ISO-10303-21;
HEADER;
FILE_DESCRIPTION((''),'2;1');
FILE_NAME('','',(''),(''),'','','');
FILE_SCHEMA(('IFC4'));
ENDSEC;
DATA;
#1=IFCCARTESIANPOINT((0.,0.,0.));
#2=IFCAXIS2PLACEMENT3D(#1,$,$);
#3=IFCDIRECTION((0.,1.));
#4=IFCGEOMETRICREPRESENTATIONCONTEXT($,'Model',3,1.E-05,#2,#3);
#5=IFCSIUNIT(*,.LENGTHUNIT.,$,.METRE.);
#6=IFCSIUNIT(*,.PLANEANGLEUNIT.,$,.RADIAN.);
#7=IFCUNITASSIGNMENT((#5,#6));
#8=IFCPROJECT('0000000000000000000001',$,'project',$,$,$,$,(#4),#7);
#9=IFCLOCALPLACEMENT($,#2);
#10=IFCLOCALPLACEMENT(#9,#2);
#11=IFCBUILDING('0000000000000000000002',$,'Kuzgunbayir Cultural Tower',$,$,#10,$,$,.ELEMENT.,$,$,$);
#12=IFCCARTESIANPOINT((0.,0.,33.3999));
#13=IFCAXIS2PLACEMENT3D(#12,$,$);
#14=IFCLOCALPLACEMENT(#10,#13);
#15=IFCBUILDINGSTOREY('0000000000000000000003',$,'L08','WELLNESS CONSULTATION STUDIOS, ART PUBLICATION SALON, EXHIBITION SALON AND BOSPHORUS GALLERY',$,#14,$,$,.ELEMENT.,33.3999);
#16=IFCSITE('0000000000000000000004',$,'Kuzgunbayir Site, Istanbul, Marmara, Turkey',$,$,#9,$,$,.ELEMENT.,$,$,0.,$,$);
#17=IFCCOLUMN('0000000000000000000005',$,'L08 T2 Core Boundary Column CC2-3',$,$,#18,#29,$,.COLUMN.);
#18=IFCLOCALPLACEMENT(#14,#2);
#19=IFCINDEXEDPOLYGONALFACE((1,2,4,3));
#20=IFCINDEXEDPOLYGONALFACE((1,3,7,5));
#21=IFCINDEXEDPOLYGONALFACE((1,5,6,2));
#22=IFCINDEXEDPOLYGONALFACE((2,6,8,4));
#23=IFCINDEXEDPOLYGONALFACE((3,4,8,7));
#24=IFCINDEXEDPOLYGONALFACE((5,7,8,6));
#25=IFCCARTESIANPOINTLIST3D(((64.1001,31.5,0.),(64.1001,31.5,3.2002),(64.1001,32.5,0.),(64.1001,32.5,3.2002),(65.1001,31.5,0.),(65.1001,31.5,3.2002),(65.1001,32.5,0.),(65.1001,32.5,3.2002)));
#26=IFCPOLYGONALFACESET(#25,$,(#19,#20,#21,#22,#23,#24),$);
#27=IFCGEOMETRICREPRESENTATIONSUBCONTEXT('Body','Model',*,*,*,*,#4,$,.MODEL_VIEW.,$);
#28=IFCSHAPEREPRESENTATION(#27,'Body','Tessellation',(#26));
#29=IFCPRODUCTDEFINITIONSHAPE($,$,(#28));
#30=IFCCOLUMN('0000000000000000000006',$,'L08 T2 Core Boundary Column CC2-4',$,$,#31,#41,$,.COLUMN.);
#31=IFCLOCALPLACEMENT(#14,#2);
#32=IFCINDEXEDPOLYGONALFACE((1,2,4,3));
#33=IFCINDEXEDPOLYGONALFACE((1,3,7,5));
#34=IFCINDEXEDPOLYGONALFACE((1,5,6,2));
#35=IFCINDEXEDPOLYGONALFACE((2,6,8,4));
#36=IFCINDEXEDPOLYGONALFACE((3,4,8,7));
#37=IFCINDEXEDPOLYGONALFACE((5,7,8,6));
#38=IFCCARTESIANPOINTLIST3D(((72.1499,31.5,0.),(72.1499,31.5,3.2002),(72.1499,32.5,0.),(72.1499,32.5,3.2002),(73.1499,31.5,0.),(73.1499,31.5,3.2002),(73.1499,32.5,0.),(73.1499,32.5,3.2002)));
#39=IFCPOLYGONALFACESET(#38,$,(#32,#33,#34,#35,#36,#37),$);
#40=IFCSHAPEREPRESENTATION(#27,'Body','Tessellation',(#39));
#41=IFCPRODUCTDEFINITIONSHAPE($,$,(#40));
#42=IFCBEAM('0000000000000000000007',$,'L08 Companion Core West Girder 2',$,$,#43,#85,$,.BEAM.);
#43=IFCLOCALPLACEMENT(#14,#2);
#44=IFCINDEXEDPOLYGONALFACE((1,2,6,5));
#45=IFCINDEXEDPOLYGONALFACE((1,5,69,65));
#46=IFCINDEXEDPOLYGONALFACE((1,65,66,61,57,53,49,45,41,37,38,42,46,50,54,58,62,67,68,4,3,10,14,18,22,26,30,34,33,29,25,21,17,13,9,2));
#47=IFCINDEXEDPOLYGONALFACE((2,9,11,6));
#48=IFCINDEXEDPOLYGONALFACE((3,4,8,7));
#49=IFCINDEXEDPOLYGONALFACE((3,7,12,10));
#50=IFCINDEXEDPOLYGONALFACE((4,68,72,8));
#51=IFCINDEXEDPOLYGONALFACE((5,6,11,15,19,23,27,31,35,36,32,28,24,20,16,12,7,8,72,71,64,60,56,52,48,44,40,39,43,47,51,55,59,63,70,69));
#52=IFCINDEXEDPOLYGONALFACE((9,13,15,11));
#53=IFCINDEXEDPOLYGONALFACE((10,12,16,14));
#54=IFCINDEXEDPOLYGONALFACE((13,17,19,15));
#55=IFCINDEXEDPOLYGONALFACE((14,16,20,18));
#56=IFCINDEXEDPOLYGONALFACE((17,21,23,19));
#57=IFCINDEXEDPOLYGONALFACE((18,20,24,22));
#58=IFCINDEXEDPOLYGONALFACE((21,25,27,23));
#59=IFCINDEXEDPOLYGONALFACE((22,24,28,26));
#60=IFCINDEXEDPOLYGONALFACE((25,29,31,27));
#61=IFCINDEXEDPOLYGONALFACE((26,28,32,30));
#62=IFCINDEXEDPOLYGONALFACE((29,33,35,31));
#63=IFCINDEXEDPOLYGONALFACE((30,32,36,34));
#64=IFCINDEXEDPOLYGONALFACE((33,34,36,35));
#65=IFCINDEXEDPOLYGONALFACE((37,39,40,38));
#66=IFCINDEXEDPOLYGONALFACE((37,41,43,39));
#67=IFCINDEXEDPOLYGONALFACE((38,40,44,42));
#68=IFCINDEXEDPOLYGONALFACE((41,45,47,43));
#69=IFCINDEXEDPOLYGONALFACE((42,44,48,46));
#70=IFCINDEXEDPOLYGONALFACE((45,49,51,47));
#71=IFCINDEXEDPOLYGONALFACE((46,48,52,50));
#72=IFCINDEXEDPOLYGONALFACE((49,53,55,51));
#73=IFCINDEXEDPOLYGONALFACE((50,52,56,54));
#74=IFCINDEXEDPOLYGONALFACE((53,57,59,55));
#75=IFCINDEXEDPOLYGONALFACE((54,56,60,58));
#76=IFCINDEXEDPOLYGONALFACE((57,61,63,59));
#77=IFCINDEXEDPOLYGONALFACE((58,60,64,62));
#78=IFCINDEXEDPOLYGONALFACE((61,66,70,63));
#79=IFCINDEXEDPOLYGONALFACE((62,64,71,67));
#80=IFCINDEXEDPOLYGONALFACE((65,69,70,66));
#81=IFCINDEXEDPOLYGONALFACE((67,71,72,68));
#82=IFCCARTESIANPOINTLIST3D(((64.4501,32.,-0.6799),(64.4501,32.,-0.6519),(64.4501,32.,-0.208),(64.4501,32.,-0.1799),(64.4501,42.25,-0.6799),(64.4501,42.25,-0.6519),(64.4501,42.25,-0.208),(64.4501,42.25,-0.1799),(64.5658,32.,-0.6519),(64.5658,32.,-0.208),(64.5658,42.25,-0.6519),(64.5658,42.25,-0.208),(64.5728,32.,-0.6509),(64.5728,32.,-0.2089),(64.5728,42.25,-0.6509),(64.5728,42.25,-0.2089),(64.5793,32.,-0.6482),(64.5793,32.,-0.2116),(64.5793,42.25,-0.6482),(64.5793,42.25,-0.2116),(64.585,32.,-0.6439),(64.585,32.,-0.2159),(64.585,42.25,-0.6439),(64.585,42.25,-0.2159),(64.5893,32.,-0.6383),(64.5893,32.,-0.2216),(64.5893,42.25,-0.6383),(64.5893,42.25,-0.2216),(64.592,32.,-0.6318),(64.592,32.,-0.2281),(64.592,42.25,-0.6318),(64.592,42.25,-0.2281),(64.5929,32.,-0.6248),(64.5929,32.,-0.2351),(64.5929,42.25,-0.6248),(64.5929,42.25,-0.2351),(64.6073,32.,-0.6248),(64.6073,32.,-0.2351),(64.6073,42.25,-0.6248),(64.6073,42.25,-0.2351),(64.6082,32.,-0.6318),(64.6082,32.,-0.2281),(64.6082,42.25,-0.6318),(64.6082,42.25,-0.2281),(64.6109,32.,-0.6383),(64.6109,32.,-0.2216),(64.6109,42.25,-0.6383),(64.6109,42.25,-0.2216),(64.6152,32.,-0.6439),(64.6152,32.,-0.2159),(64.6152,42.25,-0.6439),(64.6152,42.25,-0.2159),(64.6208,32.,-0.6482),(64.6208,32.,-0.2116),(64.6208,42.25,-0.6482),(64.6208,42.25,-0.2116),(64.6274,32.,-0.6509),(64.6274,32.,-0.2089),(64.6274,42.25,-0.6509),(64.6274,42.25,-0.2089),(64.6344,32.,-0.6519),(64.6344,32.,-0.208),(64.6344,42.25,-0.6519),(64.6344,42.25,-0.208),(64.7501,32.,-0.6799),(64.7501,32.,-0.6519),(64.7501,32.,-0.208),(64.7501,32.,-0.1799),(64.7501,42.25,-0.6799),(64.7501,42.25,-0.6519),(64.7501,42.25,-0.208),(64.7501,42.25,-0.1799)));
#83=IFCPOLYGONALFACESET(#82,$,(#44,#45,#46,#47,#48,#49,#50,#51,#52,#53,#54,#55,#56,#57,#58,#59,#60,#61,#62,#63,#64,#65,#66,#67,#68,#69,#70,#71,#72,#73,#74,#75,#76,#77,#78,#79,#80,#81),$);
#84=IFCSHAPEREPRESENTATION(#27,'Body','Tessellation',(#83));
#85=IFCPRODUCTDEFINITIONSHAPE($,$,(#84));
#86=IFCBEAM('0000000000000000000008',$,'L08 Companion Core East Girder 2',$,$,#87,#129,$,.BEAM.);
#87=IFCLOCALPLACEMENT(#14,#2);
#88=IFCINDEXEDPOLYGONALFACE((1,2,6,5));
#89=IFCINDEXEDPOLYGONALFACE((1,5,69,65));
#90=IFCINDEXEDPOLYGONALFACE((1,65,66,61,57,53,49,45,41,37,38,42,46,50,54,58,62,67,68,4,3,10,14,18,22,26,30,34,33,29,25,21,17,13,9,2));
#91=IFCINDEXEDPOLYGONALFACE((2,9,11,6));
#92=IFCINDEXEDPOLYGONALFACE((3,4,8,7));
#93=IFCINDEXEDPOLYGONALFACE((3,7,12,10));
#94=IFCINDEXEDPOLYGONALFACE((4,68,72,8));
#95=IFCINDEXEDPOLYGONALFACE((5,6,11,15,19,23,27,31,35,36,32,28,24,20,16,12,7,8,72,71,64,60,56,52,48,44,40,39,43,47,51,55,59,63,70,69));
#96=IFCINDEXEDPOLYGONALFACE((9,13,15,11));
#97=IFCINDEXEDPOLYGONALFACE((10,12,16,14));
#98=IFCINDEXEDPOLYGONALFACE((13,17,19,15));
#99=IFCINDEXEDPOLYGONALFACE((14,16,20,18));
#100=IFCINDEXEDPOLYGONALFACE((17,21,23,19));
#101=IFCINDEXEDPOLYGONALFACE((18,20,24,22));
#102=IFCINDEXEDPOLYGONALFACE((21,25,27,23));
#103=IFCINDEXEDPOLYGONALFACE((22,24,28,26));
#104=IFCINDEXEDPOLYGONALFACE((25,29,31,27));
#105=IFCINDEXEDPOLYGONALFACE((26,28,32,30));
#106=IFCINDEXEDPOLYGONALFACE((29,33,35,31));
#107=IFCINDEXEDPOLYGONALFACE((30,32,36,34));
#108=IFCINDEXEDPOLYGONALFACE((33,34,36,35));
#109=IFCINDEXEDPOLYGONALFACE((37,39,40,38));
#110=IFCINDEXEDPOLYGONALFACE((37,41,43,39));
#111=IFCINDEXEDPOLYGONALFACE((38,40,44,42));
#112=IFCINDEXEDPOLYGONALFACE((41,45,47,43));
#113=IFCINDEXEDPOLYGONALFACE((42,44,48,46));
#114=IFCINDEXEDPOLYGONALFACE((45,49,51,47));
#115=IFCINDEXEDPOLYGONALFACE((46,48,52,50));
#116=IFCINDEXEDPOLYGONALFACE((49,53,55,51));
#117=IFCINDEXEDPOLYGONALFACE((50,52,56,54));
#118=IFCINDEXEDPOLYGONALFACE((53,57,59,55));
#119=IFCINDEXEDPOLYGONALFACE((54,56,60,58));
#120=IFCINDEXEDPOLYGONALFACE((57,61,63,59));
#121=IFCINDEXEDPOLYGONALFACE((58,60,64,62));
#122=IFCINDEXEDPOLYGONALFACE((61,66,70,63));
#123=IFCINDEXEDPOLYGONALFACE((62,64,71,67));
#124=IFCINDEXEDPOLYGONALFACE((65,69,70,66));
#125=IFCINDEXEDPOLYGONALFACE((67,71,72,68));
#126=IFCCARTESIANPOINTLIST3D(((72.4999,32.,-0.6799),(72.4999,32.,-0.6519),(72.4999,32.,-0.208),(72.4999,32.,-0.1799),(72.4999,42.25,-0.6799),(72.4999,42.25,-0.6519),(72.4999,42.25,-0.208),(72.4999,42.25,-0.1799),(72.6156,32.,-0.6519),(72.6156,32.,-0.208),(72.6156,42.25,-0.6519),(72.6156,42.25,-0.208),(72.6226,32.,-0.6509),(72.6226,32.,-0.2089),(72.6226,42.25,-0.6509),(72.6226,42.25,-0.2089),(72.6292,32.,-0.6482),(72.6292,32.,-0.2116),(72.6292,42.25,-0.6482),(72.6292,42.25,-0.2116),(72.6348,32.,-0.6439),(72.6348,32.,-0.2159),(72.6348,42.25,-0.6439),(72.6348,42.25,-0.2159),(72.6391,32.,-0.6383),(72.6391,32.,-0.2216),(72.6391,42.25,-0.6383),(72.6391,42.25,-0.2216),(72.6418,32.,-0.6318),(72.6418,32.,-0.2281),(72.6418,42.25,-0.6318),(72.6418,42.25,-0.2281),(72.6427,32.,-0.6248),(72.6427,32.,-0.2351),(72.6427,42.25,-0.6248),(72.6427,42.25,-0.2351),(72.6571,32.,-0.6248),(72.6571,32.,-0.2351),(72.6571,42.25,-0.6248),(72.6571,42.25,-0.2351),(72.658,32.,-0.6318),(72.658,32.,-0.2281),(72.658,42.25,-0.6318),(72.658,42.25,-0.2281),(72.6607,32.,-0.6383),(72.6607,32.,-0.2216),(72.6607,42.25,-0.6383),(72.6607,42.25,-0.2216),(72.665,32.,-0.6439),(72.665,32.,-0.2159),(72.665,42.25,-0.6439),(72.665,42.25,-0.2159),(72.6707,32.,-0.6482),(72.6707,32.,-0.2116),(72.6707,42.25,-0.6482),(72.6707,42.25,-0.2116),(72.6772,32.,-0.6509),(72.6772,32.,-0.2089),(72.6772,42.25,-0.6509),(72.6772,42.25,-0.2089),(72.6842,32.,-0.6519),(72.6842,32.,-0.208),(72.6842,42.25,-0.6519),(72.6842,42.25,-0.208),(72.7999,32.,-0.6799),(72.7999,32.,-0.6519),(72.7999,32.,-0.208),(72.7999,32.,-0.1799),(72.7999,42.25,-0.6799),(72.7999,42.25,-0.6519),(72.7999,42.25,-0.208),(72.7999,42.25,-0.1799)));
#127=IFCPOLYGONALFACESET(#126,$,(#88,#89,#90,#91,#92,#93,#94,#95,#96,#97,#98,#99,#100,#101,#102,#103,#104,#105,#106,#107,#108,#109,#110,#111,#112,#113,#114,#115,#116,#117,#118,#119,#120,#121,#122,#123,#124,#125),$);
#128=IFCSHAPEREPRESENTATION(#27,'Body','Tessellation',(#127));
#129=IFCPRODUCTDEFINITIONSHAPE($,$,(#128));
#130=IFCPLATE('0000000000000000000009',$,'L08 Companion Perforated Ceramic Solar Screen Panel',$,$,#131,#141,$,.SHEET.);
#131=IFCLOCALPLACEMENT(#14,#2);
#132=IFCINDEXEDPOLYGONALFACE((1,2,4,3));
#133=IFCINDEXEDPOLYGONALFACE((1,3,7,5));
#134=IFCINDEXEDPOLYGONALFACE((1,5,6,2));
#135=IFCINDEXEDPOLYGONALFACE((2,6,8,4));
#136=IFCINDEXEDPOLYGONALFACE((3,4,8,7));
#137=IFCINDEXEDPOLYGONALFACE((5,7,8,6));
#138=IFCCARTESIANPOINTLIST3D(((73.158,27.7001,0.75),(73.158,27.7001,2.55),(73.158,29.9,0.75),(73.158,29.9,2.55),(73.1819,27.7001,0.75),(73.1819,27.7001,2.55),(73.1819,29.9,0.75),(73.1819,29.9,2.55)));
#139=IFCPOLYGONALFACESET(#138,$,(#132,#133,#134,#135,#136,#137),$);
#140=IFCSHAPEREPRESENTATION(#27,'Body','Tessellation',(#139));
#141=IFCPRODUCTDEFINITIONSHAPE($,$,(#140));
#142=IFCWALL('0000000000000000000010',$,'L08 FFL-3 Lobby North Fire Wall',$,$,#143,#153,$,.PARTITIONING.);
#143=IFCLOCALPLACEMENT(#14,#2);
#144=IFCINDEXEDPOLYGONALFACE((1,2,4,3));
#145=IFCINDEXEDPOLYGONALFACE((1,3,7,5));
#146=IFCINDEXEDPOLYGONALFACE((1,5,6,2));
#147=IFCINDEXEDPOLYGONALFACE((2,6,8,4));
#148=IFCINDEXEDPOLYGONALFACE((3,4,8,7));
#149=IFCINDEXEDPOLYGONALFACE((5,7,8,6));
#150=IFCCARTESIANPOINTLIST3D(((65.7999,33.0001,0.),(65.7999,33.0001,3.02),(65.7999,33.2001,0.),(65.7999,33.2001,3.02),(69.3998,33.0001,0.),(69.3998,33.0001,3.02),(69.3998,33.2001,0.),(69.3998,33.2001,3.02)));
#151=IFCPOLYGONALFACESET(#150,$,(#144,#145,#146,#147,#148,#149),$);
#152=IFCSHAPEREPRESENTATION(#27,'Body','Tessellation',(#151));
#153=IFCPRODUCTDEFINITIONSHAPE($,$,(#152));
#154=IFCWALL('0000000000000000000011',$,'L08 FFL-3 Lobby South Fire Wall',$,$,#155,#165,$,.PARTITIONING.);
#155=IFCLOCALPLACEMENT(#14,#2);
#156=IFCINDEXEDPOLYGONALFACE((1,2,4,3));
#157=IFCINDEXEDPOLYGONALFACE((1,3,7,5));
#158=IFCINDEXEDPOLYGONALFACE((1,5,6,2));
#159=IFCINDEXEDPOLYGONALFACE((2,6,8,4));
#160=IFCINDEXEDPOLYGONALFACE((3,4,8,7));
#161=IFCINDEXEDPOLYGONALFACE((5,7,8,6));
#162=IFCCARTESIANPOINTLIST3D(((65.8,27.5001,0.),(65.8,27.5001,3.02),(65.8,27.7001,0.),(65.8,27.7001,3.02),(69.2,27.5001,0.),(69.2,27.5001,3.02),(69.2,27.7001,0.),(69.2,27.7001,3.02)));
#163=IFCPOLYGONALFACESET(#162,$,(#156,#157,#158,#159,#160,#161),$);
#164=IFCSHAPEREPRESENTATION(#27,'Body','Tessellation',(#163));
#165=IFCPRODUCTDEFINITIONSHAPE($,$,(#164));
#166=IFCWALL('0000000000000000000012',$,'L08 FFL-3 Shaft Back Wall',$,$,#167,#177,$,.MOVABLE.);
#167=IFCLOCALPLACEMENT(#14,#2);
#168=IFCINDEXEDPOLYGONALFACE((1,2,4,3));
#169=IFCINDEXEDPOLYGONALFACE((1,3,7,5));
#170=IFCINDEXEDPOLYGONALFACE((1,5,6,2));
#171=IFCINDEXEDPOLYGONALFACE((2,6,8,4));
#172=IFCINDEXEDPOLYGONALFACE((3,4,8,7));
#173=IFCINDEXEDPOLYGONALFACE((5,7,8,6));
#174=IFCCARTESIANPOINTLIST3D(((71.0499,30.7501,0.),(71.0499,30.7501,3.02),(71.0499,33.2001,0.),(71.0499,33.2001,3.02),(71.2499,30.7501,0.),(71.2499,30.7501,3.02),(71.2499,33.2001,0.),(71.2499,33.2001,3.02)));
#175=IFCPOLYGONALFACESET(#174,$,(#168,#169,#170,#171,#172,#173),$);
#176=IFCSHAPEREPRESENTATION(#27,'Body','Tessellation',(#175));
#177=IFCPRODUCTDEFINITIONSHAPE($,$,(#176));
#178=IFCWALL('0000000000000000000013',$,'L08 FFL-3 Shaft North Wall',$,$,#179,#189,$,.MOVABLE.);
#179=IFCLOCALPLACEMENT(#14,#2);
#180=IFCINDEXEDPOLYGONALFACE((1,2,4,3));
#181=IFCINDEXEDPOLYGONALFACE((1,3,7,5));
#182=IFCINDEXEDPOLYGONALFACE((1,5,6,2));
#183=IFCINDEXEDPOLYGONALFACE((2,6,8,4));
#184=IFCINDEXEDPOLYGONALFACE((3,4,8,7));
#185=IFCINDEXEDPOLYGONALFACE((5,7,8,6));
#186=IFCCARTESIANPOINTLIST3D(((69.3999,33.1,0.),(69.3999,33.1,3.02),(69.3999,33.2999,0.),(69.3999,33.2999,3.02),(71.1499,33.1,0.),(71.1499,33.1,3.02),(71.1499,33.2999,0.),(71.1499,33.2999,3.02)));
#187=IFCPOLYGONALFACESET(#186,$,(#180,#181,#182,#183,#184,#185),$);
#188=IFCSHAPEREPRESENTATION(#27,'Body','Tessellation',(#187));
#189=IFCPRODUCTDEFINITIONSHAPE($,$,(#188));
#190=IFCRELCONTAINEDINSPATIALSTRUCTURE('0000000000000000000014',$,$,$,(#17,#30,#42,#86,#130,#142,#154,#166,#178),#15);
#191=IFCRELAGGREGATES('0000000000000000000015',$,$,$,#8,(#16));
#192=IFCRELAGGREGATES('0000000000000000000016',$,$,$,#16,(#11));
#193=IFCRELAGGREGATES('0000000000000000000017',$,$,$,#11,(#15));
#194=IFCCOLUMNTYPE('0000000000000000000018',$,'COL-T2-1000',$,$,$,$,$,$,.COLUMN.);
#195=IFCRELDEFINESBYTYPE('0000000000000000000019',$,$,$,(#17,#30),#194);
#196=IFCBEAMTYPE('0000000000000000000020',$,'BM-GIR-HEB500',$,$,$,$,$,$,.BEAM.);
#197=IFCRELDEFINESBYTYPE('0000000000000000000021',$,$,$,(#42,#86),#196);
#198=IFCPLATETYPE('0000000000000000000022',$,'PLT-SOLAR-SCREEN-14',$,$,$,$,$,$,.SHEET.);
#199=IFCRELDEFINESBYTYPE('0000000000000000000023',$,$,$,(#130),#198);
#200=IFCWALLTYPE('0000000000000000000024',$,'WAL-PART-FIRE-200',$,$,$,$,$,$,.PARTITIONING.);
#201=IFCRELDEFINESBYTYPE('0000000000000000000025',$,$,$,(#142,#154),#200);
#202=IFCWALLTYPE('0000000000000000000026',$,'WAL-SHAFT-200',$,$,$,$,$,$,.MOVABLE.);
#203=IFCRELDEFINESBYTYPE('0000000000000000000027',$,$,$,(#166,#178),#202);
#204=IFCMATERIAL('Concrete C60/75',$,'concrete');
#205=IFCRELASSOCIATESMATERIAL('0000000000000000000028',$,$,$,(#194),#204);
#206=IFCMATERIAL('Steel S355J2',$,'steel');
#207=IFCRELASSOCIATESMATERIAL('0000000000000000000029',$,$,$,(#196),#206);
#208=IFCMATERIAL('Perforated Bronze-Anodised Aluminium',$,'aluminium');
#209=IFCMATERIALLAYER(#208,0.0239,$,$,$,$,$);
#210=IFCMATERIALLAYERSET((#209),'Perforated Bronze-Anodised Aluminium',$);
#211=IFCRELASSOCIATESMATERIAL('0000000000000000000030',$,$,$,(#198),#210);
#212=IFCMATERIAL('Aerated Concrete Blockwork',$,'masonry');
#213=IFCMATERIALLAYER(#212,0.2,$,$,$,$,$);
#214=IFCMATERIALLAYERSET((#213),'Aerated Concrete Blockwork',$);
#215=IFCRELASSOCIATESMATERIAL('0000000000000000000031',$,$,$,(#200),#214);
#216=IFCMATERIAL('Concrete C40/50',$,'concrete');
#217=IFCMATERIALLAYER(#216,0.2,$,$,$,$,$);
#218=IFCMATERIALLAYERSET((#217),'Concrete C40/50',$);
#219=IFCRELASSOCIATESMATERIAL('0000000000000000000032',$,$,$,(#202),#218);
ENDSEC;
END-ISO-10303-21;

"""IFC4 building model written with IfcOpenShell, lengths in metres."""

from ifc_helpers import new_model, si_unit, direction, frame, frame_2d, origin, origin_2d, place, context, subcontext, project, spatial, rectangle, i_section, extrude, material, layer, layer_set, material_profile, profile_set, type_object, element, save


model = new_model("IFC4")

# Units and contexts
model_context = context("Model", 3, precision=1e-05, world=origin(), true_north=direction((0.0, 1.0)))
body_context = subcontext(model_context, "Body", "Model", "MODEL_VIEW")
ifc_project = project(units=[si_unit("LENGTHUNIT", "METRE"), si_unit("PLANEANGLEUNIT", "RADIAN")], contexts=[model_context])

# Site, building, storey
site_placement = place(None, origin())
site = spatial("IfcSite", under=ifc_project, at=site_placement, Name="Kuzgunbayir Site, Istanbul, Marmara, Turkey", CompositionType="ELEMENT", RefElevation=0.0)
building_placement = place(site_placement, origin())
building = spatial("IfcBuilding", under=site, at=building_placement, Name="Kuzgunbayir Cultural Tower", CompositionType="ELEMENT")
storey_placement = place(building_placement, frame((0.0, 0.0, 33.3999)))
storey = spatial("IfcBuildingStorey", under=building, at=storey_placement, Name="L08", Description="WELLNESS CONSULTATION STUDIOS, ART PUBLICATION SALON, EXHIBITION SALON AND BOSPHORUS GALLERY", CompositionType="ELEMENT", Elevation=33.3999)

# Columns
ifc_material_1 = material(Name="Concrete C60/75", Category="concrete")
ifc_material_profile_1 = material_profile(ifc_material_1, rectangle(XDim=1.0, YDim=1.0, at=origin_2d()), Name="RC 1000x1000")
ifc_profile_set_1 = profile_set([ifc_material_profile_1], Name="Concrete C60/75")
column_type = type_object("IfcColumnType", Name="COL-T2-1000", PredefinedType="COLUMN", material=ifc_profile_set_1)
for number, where, z_axis, x_axis, name in (
    (1, (64.6001, 32.0, 0.0), (0.0, 0.0, 1.0), (1.0, 0.0, 0.0), "L08 T2 Core Boundary Column CC2-3"),
    (2, (72.6499, 32.0, 0.0), (0.0, 0.0, 1.0), (1.0, 0.0, 0.0), "L08 T2 Core Boundary Column CC2-4"),
):
    element("IfcColumn", number, at=place(storey_placement, frame(where, z_axis=z_axis, x_axis=x_axis)), inside=storey, type_object=column_type, Name=name, PredefinedType="COLUMN", context=body_context, shape_type="SweptSolid", body=[
        extrude(rectangle(XDim=1.0, YDim=1.0, at=origin_2d()), origin(), (0.0, 0.0, 1.0), 3.2002),
    ])

# Beams
ifc_material_2 = material(Name="Steel S355J2", Category="steel")
ifc_material_profile_2 = material_profile(ifc_material_2, i_section(OverallWidth=0.3, OverallDepth=0.5, WebThickness=0.0144, FlangeThickness=0.0281, FilletRadius=0.0271, at=origin_2d()), Name="HEB 500")
ifc_profile_set_2 = profile_set([ifc_material_profile_2], Name="Steel S355J2")
beam_type = type_object("IfcBeamType", Name="BM-GIR-HEB500", PredefinedType="BEAM", material=ifc_profile_set_2)
for number, where, z_axis, x_axis, name in (
    (3, (64.6001, 32.0, -0.4299), (0.0, 1.0, 0.0), (-1.0, 0.0, 0.0), "L08 Companion Core West Girder 2"),
    (4, (72.6499, 32.0, -0.4299), (0.0, 1.0, 0.0), (-1.0, 0.0, 0.0), "L08 Companion Core East Girder 2"),
):
    element("IfcBeam", number, at=place(storey_placement, frame(where, z_axis=z_axis, x_axis=x_axis)), inside=storey, type_object=beam_type, Name=name, PredefinedType="BEAM", context=body_context, shape_type="SweptSolid", body=[
        extrude(i_section(OverallWidth=0.3, OverallDepth=0.5, WebThickness=0.0144, FlangeThickness=0.0281, FilletRadius=0.0271, at=origin_2d()), origin(), (0.0, 0.0, 1.0), 10.25),
    ])

# Plate
ifc_material_3 = material(Name="Perforated Bronze-Anodised Aluminium", Category="aluminium")
ifc_layer_1 = layer(ifc_material_3, 0.0239)
ifc_layer_set_1 = layer_set([ifc_layer_1], Name="Perforated Bronze-Anodised Aluminium")
plate_type = type_object("IfcPlateType", Name="PLT-SOLAR-SCREEN-14", PredefinedType="SHEET", material=ifc_layer_set_1)
plate_placement = place(storey_placement, frame((73.1699, 28.8, 0.75), z_axis=(0.0, 0.0, 1.0), x_axis=(1.0, 0.0, 0.0)))
element("IfcPlate", 5, at=plate_placement, inside=storey, type_object=plate_type, Name="L08 Companion Perforated Ceramic Solar Screen Panel", PredefinedType="SHEET", context=body_context, shape_type="SweptSolid", body=[
    extrude(rectangle(XDim=0.0239, YDim=2.2, at=origin_2d()), origin(), (0.0, 0.0, 1.0), 1.8),
])

# Walls
ifc_material_4 = material(Name="Aerated Concrete Blockwork", Category="masonry")
ifc_layer_2 = layer(ifc_material_4, 0.2)
ifc_layer_set_2 = layer_set([ifc_layer_2], Name="Aerated Concrete Blockwork")
wall_type_1 = type_object("IfcWallType", Name="WAL-PART-FIRE-200", PredefinedType="PARTITIONING", material=ifc_layer_set_2)
wall_1_placement = place(storey_placement, frame((65.8, 33.1001, 0.0), z_axis=(0.0, 0.0, 1.0), x_axis=(1.0, 0.0, 0.0)))
element("IfcWall", 6, at=wall_1_placement, inside=storey, type_object=wall_type_1, Name="L08 FFL-3 Lobby North Fire Wall", PredefinedType="PARTITIONING", context=body_context, shape_type="SweptSolid", body=[
    extrude(rectangle(XDim=3.5999, YDim=0.2, at=frame_2d((1.7998, 0.0))), origin(), (0.0, 0.0, 1.0), 3.02),
])
wall_2_placement = place(storey_placement, frame((65.8, 27.6001, 0.0), z_axis=(0.0, 0.0, 1.0), x_axis=(1.0, 0.0, 0.0)))
element("IfcWall", 7, at=wall_2_placement, inside=storey, type_object=wall_type_1, Name="L08 FFL-3 Lobby South Fire Wall", PredefinedType="PARTITIONING", context=body_context, shape_type="SweptSolid", body=[
    extrude(rectangle(XDim=3.3999, YDim=0.2, at=frame_2d((1.7, 0.0))), origin(), (0.0, 0.0, 1.0), 3.02),
])

# Shared definitions
ifc_material_5 = material(Name="Concrete C40/50", Category="concrete")
ifc_layer_3 = layer(ifc_material_5, 0.2)
ifc_layer_set_3 = layer_set([ifc_layer_3], Name="Concrete C40/50")
wall_type_2 = type_object("IfcWallType", Name="WAL-SHAFT-200", PredefinedType="MOVABLE", material=ifc_layer_set_3)

# Walls
wall_3_placement = place(storey_placement, frame((71.1499, 30.75, 0.0), z_axis=(0.0, 0.0, 1.0), x_axis=(0.0, 1.0, 0.0)))
element("IfcWall", 8, at=wall_3_placement, inside=storey, type_object=wall_type_2, Name="L08 FFL-3 Shaft Back Wall", PredefinedType="MOVABLE", context=body_context, shape_type="SweptSolid", body=[
    extrude(rectangle(XDim=2.45, YDim=0.2, at=frame_2d((1.2251, 0.0))), origin(), (0.0, 0.0, 1.0), 3.02),
])
for number, where, z_axis, x_axis, name in (
    (9, (69.3999, 33.2, 0.0), (0.0, 0.0, 1.0), (1.0, 0.0, 0.0), "L08 FFL-3 Shaft North Wall"),
):
    element("IfcWall", number, at=place(storey_placement, frame(where, z_axis=z_axis, x_axis=x_axis)), inside=storey, type_object=wall_type_2, Name=name, PredefinedType="MOVABLE", context=body_context, shape_type="SweptSolid", body=[
        extrude(rectangle(XDim=1.75, YDim=0.2, at=frame_2d((0.875, 0.0))), origin(), (0.0, 0.0, 1.0), 3.02),
    ])

save(model, "model.ifc")
